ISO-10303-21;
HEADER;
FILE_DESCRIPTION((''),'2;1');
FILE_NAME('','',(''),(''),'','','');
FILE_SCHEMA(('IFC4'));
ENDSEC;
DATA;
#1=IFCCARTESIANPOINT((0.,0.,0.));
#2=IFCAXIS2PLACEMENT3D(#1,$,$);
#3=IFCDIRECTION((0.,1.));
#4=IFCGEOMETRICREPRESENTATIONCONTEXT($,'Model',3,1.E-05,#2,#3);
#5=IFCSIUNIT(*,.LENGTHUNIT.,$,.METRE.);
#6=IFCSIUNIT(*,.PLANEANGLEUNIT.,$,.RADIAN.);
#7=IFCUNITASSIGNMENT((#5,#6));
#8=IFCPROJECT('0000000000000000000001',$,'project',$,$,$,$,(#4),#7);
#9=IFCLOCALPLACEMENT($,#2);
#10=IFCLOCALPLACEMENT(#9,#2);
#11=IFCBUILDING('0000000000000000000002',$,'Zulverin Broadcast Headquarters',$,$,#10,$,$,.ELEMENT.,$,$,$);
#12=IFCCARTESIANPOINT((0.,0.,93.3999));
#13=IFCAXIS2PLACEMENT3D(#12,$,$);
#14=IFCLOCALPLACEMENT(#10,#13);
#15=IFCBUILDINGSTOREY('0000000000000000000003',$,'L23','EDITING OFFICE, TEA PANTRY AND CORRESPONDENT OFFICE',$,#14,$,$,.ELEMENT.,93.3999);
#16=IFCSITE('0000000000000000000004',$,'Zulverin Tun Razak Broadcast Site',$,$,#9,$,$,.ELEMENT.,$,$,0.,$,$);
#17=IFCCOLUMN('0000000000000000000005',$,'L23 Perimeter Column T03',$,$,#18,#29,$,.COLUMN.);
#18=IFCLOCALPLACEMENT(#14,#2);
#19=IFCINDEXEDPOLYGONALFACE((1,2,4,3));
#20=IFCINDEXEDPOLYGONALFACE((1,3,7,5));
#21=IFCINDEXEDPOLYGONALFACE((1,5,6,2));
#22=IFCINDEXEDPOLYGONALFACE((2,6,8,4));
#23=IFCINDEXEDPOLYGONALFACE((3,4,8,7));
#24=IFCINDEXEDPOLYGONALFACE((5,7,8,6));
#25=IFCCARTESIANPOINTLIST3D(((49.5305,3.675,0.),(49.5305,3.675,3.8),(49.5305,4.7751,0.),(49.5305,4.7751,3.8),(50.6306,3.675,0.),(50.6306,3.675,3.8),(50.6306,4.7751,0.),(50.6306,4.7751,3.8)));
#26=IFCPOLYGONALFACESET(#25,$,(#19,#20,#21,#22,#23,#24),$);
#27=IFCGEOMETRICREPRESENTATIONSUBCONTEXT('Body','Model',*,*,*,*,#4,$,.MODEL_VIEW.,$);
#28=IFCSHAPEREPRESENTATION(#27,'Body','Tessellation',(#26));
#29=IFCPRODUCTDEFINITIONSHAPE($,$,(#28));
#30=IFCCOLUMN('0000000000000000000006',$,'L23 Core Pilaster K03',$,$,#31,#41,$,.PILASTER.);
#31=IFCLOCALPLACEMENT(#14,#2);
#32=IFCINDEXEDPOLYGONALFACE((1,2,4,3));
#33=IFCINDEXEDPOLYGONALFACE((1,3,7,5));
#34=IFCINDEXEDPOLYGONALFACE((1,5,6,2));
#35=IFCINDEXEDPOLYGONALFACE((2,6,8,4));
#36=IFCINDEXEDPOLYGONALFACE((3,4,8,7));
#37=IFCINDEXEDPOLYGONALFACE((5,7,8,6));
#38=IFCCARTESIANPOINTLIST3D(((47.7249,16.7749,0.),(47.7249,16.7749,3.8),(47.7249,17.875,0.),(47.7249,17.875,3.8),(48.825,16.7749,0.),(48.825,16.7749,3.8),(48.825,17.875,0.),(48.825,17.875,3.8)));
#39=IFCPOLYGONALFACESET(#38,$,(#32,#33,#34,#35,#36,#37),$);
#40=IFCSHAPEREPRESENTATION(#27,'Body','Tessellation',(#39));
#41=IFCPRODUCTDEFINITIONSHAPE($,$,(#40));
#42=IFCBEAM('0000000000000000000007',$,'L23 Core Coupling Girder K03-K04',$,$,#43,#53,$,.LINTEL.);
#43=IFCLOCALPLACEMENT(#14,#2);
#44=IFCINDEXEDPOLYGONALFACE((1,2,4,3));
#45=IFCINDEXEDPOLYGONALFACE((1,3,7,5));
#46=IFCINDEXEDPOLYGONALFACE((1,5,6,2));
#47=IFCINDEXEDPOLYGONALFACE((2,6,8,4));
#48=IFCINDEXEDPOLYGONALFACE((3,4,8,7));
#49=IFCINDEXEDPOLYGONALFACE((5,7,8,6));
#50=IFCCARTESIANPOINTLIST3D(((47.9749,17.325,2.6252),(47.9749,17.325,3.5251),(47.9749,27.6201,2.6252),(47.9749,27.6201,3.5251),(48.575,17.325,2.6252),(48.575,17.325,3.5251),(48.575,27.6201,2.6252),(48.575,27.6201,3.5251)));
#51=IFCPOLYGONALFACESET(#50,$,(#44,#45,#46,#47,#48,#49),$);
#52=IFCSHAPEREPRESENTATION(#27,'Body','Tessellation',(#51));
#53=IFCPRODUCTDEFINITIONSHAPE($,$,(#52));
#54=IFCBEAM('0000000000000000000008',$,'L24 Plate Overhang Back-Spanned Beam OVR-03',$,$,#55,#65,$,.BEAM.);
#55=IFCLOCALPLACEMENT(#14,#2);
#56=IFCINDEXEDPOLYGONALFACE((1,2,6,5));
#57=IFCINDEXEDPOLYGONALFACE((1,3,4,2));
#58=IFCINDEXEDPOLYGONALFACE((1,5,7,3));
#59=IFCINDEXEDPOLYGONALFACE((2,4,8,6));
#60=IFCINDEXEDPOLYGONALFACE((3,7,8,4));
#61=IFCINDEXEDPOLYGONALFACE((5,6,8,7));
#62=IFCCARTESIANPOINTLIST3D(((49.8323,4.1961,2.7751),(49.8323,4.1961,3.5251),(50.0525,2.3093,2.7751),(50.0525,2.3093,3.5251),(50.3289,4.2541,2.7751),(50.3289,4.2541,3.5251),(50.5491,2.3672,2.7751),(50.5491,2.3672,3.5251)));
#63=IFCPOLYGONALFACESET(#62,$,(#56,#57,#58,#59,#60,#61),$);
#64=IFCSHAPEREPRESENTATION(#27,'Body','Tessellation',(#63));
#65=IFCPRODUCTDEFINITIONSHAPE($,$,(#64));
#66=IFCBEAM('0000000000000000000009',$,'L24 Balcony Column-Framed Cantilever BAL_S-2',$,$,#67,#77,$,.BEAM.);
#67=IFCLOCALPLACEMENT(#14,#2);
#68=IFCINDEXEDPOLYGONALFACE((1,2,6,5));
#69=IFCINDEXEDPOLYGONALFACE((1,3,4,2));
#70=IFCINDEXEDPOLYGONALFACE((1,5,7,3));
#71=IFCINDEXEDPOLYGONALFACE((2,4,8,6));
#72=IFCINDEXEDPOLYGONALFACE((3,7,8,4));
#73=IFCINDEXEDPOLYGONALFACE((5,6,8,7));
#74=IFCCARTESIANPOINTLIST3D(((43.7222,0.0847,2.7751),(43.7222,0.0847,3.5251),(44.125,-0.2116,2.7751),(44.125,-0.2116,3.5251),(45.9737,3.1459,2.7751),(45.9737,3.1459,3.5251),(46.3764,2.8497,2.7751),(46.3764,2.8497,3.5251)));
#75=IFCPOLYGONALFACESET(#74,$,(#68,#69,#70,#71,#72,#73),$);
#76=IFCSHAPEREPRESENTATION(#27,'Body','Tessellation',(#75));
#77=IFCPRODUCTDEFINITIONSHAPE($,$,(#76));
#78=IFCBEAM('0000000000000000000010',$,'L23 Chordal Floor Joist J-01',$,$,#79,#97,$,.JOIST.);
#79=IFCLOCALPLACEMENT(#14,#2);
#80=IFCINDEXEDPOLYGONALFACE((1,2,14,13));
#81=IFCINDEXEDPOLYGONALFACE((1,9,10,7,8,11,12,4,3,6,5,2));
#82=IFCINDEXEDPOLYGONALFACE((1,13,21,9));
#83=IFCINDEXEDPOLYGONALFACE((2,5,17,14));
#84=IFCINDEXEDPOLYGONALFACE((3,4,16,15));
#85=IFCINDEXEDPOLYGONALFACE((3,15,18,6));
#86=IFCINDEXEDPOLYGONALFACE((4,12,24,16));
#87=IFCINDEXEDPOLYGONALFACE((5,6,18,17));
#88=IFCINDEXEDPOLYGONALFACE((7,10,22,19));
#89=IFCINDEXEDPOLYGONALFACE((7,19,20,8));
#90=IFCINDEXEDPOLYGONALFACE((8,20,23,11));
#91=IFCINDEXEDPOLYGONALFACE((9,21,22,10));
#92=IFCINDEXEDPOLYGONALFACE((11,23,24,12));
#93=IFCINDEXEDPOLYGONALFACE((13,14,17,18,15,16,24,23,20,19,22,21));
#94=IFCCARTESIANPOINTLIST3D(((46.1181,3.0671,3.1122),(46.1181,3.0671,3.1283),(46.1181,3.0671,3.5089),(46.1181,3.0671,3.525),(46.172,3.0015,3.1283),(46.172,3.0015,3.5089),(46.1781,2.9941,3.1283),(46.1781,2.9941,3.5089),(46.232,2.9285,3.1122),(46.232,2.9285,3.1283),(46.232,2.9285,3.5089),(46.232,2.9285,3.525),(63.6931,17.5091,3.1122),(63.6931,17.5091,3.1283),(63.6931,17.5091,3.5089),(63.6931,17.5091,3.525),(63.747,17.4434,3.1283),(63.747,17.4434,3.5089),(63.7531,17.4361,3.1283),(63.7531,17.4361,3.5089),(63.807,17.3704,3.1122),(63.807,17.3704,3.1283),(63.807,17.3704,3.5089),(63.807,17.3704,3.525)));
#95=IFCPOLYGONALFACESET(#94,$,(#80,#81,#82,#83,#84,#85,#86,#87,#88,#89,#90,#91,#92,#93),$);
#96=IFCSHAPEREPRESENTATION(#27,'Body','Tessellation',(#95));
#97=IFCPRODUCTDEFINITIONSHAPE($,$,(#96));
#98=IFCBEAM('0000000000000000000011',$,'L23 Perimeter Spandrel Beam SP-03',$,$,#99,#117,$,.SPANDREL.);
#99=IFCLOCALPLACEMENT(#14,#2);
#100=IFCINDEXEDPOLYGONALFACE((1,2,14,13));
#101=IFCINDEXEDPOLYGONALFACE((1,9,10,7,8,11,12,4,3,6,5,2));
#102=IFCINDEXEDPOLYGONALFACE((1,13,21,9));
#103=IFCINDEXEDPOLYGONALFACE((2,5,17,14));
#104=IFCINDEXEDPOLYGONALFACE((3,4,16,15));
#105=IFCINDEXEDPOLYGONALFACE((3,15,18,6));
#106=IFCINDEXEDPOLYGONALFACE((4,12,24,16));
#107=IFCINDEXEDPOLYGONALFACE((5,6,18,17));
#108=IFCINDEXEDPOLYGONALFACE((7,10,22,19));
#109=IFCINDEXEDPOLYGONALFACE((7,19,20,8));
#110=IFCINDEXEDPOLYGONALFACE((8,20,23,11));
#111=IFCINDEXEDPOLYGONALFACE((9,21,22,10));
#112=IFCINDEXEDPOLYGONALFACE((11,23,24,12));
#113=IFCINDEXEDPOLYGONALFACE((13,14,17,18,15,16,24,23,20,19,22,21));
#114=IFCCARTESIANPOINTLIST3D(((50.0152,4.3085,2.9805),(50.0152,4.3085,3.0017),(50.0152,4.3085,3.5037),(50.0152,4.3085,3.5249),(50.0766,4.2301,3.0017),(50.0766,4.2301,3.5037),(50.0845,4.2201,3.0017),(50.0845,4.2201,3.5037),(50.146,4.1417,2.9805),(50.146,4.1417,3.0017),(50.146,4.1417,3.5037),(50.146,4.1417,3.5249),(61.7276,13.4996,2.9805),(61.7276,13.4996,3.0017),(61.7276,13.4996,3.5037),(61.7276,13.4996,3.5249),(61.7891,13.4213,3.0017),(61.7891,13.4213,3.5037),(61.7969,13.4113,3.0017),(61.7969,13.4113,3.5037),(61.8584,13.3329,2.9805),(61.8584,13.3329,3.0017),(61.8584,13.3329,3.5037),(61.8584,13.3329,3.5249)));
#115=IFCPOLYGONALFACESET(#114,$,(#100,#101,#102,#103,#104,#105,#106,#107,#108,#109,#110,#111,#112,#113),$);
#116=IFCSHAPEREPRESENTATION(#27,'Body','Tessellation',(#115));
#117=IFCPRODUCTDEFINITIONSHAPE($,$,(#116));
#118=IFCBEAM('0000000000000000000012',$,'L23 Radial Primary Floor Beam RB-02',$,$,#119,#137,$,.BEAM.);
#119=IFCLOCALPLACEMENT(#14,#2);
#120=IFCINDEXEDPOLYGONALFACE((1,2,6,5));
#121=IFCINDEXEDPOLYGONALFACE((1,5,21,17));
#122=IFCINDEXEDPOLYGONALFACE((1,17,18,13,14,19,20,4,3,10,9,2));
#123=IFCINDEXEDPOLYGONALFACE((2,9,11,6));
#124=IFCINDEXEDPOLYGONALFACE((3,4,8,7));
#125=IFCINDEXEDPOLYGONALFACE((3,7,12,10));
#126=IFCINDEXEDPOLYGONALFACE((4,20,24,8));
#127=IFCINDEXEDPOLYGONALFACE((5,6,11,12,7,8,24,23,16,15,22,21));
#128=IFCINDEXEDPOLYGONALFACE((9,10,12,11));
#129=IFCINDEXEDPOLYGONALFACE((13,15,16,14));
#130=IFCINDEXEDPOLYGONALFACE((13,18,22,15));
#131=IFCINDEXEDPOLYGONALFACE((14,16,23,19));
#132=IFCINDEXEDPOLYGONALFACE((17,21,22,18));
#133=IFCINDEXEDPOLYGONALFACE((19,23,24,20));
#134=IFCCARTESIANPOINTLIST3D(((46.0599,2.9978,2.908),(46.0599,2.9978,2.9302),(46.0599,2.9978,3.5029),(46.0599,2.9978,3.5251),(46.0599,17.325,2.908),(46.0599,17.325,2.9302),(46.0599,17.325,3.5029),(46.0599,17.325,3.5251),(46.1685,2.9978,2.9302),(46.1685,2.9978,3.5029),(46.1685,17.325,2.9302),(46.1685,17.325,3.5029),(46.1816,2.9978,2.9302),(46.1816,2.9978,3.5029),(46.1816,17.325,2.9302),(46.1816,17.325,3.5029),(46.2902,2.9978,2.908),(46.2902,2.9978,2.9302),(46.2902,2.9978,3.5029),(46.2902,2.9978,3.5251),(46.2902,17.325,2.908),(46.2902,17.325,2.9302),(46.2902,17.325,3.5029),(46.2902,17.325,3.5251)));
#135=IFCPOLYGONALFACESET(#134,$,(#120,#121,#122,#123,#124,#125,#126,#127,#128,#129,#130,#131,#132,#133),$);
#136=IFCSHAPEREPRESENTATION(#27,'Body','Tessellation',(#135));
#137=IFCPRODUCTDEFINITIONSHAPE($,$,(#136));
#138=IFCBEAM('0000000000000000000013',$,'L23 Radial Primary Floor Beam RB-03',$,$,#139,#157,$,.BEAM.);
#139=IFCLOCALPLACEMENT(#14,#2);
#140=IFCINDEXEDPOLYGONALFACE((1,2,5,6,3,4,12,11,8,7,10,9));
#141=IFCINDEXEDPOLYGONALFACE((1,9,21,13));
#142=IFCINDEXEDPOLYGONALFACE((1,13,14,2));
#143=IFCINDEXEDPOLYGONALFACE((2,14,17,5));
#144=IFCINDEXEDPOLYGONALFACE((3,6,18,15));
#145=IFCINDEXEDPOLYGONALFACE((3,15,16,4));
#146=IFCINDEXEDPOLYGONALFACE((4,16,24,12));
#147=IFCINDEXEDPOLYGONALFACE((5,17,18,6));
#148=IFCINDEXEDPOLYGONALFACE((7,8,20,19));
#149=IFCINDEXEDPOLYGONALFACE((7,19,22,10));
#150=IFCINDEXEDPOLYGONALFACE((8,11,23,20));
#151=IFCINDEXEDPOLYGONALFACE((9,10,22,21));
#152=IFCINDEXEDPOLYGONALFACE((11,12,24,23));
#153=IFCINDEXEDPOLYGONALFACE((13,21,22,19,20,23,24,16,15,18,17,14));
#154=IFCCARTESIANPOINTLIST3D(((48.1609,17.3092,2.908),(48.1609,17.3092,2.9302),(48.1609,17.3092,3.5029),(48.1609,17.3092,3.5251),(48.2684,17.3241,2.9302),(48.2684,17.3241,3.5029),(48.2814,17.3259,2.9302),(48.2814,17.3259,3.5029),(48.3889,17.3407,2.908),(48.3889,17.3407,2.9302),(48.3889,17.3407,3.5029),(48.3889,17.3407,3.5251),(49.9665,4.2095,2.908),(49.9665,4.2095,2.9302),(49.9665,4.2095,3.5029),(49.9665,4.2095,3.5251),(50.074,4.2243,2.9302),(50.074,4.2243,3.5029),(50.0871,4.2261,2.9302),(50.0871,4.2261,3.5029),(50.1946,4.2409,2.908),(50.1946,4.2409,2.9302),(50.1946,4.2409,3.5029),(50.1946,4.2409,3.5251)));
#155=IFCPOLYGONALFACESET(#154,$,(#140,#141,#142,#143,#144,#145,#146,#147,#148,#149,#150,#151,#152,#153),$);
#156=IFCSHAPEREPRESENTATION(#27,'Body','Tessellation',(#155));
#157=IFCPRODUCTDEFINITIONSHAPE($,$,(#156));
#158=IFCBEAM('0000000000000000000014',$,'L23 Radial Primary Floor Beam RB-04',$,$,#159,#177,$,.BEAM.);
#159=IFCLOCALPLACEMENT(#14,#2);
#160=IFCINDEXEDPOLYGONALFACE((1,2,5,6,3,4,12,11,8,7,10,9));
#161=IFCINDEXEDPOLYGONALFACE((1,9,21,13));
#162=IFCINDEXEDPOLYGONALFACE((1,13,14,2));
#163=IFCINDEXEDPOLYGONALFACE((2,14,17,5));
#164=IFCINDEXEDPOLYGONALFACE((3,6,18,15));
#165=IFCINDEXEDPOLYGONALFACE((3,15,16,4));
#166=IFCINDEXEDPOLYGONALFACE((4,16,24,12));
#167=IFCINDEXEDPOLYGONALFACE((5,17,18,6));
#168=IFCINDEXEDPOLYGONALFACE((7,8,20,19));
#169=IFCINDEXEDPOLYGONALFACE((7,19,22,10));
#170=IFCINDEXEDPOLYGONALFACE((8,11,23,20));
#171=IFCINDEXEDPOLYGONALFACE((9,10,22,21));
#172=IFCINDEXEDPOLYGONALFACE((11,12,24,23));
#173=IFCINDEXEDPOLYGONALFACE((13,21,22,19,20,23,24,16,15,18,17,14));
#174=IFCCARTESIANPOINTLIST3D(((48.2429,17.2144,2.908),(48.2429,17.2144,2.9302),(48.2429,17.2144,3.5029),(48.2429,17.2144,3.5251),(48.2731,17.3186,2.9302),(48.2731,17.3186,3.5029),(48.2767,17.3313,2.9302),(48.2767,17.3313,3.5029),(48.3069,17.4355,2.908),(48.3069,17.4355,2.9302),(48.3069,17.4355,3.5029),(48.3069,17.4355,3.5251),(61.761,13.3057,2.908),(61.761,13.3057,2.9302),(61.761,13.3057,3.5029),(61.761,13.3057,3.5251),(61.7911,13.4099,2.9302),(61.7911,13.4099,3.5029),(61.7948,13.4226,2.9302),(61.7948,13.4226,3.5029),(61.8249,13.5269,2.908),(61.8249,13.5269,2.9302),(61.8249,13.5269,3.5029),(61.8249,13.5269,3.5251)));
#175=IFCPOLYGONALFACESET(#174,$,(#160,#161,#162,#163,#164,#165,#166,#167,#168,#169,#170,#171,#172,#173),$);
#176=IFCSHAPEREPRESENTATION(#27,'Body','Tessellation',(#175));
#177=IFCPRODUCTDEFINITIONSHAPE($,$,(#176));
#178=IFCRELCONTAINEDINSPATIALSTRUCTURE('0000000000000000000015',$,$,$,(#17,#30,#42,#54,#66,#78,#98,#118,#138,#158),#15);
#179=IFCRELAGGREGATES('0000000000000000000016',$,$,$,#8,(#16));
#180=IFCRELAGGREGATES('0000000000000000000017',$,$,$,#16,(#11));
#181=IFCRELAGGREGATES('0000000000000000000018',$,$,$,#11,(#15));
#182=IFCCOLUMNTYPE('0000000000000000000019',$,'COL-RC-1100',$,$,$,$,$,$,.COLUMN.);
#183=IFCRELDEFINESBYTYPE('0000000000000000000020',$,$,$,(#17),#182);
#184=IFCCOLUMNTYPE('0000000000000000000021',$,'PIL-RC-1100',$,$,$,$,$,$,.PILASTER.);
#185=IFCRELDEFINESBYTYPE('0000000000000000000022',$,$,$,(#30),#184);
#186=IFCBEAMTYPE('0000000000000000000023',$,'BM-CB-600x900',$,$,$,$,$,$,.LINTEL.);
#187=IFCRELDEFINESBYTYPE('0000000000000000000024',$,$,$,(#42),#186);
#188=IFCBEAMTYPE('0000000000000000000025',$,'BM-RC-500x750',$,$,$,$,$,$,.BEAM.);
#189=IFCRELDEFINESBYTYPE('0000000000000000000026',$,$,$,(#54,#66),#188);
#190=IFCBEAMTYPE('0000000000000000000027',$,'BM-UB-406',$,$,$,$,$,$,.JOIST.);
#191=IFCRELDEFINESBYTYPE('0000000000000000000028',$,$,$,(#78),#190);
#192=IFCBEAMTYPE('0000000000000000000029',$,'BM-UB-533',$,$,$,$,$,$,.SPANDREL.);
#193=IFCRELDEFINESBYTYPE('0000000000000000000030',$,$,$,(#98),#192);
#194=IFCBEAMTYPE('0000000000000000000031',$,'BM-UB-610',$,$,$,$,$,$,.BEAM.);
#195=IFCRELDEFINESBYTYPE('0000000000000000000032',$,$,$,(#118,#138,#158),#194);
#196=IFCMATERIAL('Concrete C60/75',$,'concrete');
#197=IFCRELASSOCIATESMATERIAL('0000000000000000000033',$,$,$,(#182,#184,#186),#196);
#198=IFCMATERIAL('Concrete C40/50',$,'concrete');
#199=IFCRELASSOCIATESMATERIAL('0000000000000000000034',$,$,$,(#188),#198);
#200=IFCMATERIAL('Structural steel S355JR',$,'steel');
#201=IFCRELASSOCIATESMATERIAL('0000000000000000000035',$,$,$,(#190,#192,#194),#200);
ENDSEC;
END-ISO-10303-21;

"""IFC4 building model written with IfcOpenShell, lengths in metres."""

from ifc_helpers import new_model, si_unit, direction, frame, origin, origin_2d, place, context, subcontext, project, spatial, rectangle, i_section, extrude, material, material_profile, profile_set, type_object, element, save


model = new_model("IFC4")

# Units and contexts
model_context = context("Model", 3, precision=1e-05, world=origin(), true_north=direction((0.0, 1.0)))
body_context = subcontext(model_context, "Body", "Model", "MODEL_VIEW")
ifc_project = project(units=[si_unit("LENGTHUNIT", "METRE"), si_unit("PLANEANGLEUNIT", "RADIAN")], contexts=[model_context])

# Site, building, storey
site_placement = place(None, origin())
site = spatial("IfcSite", under=ifc_project, at=site_placement, Name="Zulverin Tun Razak Broadcast Site", CompositionType="ELEMENT", RefElevation=0.0)
building_placement = place(site_placement, origin())
building = spatial("IfcBuilding", under=site, at=building_placement, Name="Zulverin Broadcast Headquarters", CompositionType="ELEMENT")
storey_placement = place(building_placement, frame((0.0, 0.0, 93.3999)))
storey = spatial("IfcBuildingStorey", under=building, at=storey_placement, Name="L23", Description="EDITING OFFICE, TEA PANTRY AND CORRESPONDENT OFFICE", CompositionType="ELEMENT", Elevation=93.3999)

# Columns
ifc_material_1 = material(Name="Concrete C60/75", Category="concrete")
ifc_material_profile_1 = material_profile(ifc_material_1, rectangle(XDim=1.1001, YDim=1.1001, at=origin_2d()), Name="Concrete C60/75", Category="concrete")
ifc_profile_set_1 = profile_set([ifc_material_profile_1], Name="Concrete C60/75")
column_type_1 = type_object("IfcColumnType", Name="COL-RC-1100", PredefinedType="COLUMN", material=ifc_profile_set_1)
column_1_placement = place(storey_placement, frame((50.0806, 4.2251, 0.0), z_axis=(0.0, 0.0, 1.0), x_axis=(1.0, 0.0, 0.0)))
element("IfcColumn", 1, at=column_1_placement, inside=storey, type_object=column_type_1, Name="L23 Perimeter Column T03", PredefinedType="COLUMN", context=body_context, shape_type="SweptSolid", body=[
    extrude(rectangle(XDim=1.1001, YDim=1.1001, at=origin_2d()), origin(), (0.0, 0.0, 1.0), 3.8),
])
ifc_material_profile_2 = material_profile(ifc_material_1, rectangle(XDim=1.1001, YDim=1.1001, at=origin_2d()), Name="Concrete C60/75", Category="concrete")
ifc_profile_set_2 = profile_set([ifc_material_profile_2], Name="Concrete C60/75")
column_type_2 = type_object("IfcColumnType", Name="PIL-RC-1100", PredefinedType="PILASTER", material=ifc_profile_set_2)
column_2_placement = place(storey_placement, frame((48.2749, 17.325, 0.0), z_axis=(0.0, 0.0, 1.0), x_axis=(1.0, 0.0, 0.0)))
element("IfcColumn", 2, at=column_2_placement, inside=storey, type_object=column_type_2, Name="L23 Core Pilaster K03", PredefinedType="PILASTER", context=body_context, shape_type="SweptSolid", body=[
    extrude(rectangle(XDim=1.1001, YDim=1.1001, at=origin_2d()), origin(), (0.0, 0.0, 1.0), 3.8),
])

# Beams
ifc_material_profile_3 = material_profile(ifc_material_1, rectangle(XDim=0.6001, YDim=0.8999, at=origin_2d()), Name="Concrete C60/75", Category="concrete")
ifc_profile_set_3 = profile_set([ifc_material_profile_3], Name="Concrete C60/75")
beam_type_1 = type_object("IfcBeamType", Name="BM-CB-600x900", PredefinedType="LINTEL", material=ifc_profile_set_3)
beam_1_placement = place(storey_placement, frame((48.2749, 17.325, 3.0752), z_axis=(0.0, 1.0, 0.0), x_axis=(-1.0, 0.0, 0.0)))
element("IfcBeam", 3, at=beam_1_placement, inside=storey, type_object=beam_type_1, Name="L23 Core Coupling Girder K03-K04", PredefinedType="LINTEL", context=body_context, shape_type="SweptSolid", body=[
    extrude(rectangle(XDim=0.6001, YDim=0.8999, at=origin_2d()), origin(), (0.0, 0.0, 1.0), 10.2952),
])
ifc_material_2 = material(Name="Concrete C40/50", Category="concrete")
ifc_material_profile_4 = material_profile(ifc_material_2, rectangle(XDim=0.5, YDim=0.75, at=origin_2d()), Name="Concrete C40/50", Category="concrete")
ifc_profile_set_4 = profile_set([ifc_material_profile_4], Name="Concrete C40/50")
beam_type_2 = type_object("IfcBeamType", Name="BM-RC-500x750", PredefinedType="BEAM", material=ifc_profile_set_4)
beam_2_placement = place(storey_placement, frame((50.0806, 4.2251, 3.1501), z_axis=(0.115917, -0.993259, 0.0), x_axis=(0.993259, 0.115917, 0.0)))
element("IfcBeam", 4, at=beam_2_placement, inside=storey, type_object=beam_type_2, Name="L24 Plate Overhang Back-Spanned Beam OVR-03", PredefinedType="BEAM", context=body_context, shape_type="SweptSolid", body=[
    extrude(rectangle(XDim=0.5, YDim=0.75, at=origin_2d()), origin(), (0.0, 0.0, 1.0), 1.8997),
])
beam_3_placement = place(storey_placement, frame((46.175, 2.9978, 3.1501), z_axis=(-0.59248, -0.805585, 0.0), x_axis=(0.805585, -0.59248, 0.0)))
element("IfcBeam", 5, at=beam_3_placement, inside=storey, type_object=beam_type_2, Name="L24 Balcony Column-Framed Cantilever BAL_S-2", PredefinedType="BEAM", context=body_context, shape_type="SweptSolid", body=[
    extrude(rectangle(XDim=0.5, YDim=0.75, at=origin_2d()), origin(), (0.0, 0.0, 1.0), 3.8),
])
ifc_material_3 = material(Name="Structural steel S355JR", Category="steel")
ifc_material_profile_5 = material_profile(ifc_material_3, i_section(OverallWidth=0.1794, OverallDepth=0.4128, WebThickness=0.0095, FlangeThickness=0.0161, at=origin_2d()), Name="Structural steel S355JR", Category="steel")
ifc_profile_set_5 = profile_set([ifc_material_profile_5], Name="Structural steel S355JR")
beam_type_3 = type_object("IfcBeamType", Name="BM-UB-406", PredefinedType="JOIST", material=ifc_profile_set_5)
beam_4_placement = place(storey_placement, frame((46.175, 2.9978, 3.3186), z_axis=(0.772611, 0.634879, 0.0), x_axis=(-0.634879, 0.772611, 0.0)))
element("IfcBeam", 6, at=beam_4_placement, inside=storey, type_object=beam_type_3, Name="L23 Chordal Floor Joist J-01", PredefinedType="JOIST", context=body_context, shape_type="SweptSolid", body=[
    extrude(i_section(OverallWidth=0.1794, OverallDepth=0.4128, WebThickness=0.0095, FlangeThickness=0.0161, at=origin_2d()), origin(), (0.0, 0.0, 1.0), 22.7476),
])
ifc_material_profile_6 = material_profile(ifc_material_3, i_section(OverallWidth=0.2119, OverallDepth=0.5444, WebThickness=0.0127, FlangeThickness=0.0212, at=origin_2d()), Name="Structural steel S355JR", Category="steel")
ifc_profile_set_6 = profile_set([ifc_material_profile_6], Name="Structural steel S355JR")
beam_type_4 = type_object("IfcBeamType", Name="BM-UB-533", PredefinedType="SPANDREL", material=ifc_profile_set_6)
beam_5_placement = place(storey_placement, frame((50.0806, 4.2251, 3.2527), z_axis=(0.786691, 0.617346, 0.0), x_axis=(-0.617346, 0.786691, 0.0)))
element("IfcBeam", 7, at=beam_5_placement, inside=storey, type_object=beam_type_4, Name="L23 Perimeter Spandrel Beam SP-03", PredefinedType="SPANDREL", context=body_context, shape_type="SweptSolid", body=[
    extrude(i_section(OverallWidth=0.2119, OverallDepth=0.5444, WebThickness=0.0127, FlangeThickness=0.0212, at=origin_2d()), origin(), (0.0, 0.0, 1.0), 14.8882),
])
ifc_material_profile_7 = material_profile(ifc_material_3, i_section(OverallWidth=0.2302, OverallDepth=0.6172, WebThickness=0.0132, FlangeThickness=0.0222, at=origin_2d()), Name="Structural steel S355JR", Category="steel")
ifc_profile_set_7 = profile_set([ifc_material_profile_7], Name="Structural steel S355JR")
beam_type_5 = type_object("IfcBeamType", Name="BM-UB-610", PredefinedType="BEAM", material=ifc_profile_set_7)
beam_6_placement = place(storey_placement, frame((46.175, 17.325, 3.2166), z_axis=(0.0, -1.0, 0.0), x_axis=(1.0, 0.0, 0.0)))
element("IfcBeam", 8, at=beam_6_placement, inside=storey, type_object=beam_type_5, Name="L23 Radial Primary Floor Beam RB-02", PredefinedType="BEAM", context=body_context, shape_type="SweptSolid", body=[
    extrude(i_section(OverallWidth=0.2302, OverallDepth=0.6172, WebThickness=0.0132, FlangeThickness=0.0222, at=origin_2d()), origin(), (0.0, 0.0, 1.0), 14.3271),
])
beam_7_placement = place(storey_placement, frame((48.2749, 17.325, 3.2166), z_axis=(0.136547, -0.990634, 0.0), x_axis=(0.990634, 0.136547, 0.0)))
element("IfcBeam", 9, at=beam_7_placement, inside=storey, type_object=beam_type_5, Name="L23 Radial Primary Floor Beam RB-03", PredefinedType="BEAM", context=body_context, shape_type="SweptSolid", body=[
    extrude(i_section(OverallWidth=0.2302, OverallDepth=0.6172, WebThickness=0.0132, FlangeThickness=0.0222, at=origin_2d()), origin(), (0.0, 0.0, 1.0), 13.2236),
])
beam_8_placement = place(storey_placement, frame((48.2749, 17.325, 3.2166), z_axis=(0.960648, -0.277767, 0.0), x_axis=(0.277767, 0.960648, 0.0)))
element("IfcBeam", 10, at=beam_8_placement, inside=storey, type_object=beam_type_5, Name="L23 Radial Primary Floor Beam RB-04", PredefinedType="BEAM", context=body_context, shape_type="SweptSolid", body=[
    extrude(i_section(OverallWidth=0.2302, OverallDepth=0.6172, WebThickness=0.0132, FlangeThickness=0.0222, at=origin_2d()), origin(), (0.0, 0.0, 1.0), 14.0718),
])

save(model, "model.ifc")
